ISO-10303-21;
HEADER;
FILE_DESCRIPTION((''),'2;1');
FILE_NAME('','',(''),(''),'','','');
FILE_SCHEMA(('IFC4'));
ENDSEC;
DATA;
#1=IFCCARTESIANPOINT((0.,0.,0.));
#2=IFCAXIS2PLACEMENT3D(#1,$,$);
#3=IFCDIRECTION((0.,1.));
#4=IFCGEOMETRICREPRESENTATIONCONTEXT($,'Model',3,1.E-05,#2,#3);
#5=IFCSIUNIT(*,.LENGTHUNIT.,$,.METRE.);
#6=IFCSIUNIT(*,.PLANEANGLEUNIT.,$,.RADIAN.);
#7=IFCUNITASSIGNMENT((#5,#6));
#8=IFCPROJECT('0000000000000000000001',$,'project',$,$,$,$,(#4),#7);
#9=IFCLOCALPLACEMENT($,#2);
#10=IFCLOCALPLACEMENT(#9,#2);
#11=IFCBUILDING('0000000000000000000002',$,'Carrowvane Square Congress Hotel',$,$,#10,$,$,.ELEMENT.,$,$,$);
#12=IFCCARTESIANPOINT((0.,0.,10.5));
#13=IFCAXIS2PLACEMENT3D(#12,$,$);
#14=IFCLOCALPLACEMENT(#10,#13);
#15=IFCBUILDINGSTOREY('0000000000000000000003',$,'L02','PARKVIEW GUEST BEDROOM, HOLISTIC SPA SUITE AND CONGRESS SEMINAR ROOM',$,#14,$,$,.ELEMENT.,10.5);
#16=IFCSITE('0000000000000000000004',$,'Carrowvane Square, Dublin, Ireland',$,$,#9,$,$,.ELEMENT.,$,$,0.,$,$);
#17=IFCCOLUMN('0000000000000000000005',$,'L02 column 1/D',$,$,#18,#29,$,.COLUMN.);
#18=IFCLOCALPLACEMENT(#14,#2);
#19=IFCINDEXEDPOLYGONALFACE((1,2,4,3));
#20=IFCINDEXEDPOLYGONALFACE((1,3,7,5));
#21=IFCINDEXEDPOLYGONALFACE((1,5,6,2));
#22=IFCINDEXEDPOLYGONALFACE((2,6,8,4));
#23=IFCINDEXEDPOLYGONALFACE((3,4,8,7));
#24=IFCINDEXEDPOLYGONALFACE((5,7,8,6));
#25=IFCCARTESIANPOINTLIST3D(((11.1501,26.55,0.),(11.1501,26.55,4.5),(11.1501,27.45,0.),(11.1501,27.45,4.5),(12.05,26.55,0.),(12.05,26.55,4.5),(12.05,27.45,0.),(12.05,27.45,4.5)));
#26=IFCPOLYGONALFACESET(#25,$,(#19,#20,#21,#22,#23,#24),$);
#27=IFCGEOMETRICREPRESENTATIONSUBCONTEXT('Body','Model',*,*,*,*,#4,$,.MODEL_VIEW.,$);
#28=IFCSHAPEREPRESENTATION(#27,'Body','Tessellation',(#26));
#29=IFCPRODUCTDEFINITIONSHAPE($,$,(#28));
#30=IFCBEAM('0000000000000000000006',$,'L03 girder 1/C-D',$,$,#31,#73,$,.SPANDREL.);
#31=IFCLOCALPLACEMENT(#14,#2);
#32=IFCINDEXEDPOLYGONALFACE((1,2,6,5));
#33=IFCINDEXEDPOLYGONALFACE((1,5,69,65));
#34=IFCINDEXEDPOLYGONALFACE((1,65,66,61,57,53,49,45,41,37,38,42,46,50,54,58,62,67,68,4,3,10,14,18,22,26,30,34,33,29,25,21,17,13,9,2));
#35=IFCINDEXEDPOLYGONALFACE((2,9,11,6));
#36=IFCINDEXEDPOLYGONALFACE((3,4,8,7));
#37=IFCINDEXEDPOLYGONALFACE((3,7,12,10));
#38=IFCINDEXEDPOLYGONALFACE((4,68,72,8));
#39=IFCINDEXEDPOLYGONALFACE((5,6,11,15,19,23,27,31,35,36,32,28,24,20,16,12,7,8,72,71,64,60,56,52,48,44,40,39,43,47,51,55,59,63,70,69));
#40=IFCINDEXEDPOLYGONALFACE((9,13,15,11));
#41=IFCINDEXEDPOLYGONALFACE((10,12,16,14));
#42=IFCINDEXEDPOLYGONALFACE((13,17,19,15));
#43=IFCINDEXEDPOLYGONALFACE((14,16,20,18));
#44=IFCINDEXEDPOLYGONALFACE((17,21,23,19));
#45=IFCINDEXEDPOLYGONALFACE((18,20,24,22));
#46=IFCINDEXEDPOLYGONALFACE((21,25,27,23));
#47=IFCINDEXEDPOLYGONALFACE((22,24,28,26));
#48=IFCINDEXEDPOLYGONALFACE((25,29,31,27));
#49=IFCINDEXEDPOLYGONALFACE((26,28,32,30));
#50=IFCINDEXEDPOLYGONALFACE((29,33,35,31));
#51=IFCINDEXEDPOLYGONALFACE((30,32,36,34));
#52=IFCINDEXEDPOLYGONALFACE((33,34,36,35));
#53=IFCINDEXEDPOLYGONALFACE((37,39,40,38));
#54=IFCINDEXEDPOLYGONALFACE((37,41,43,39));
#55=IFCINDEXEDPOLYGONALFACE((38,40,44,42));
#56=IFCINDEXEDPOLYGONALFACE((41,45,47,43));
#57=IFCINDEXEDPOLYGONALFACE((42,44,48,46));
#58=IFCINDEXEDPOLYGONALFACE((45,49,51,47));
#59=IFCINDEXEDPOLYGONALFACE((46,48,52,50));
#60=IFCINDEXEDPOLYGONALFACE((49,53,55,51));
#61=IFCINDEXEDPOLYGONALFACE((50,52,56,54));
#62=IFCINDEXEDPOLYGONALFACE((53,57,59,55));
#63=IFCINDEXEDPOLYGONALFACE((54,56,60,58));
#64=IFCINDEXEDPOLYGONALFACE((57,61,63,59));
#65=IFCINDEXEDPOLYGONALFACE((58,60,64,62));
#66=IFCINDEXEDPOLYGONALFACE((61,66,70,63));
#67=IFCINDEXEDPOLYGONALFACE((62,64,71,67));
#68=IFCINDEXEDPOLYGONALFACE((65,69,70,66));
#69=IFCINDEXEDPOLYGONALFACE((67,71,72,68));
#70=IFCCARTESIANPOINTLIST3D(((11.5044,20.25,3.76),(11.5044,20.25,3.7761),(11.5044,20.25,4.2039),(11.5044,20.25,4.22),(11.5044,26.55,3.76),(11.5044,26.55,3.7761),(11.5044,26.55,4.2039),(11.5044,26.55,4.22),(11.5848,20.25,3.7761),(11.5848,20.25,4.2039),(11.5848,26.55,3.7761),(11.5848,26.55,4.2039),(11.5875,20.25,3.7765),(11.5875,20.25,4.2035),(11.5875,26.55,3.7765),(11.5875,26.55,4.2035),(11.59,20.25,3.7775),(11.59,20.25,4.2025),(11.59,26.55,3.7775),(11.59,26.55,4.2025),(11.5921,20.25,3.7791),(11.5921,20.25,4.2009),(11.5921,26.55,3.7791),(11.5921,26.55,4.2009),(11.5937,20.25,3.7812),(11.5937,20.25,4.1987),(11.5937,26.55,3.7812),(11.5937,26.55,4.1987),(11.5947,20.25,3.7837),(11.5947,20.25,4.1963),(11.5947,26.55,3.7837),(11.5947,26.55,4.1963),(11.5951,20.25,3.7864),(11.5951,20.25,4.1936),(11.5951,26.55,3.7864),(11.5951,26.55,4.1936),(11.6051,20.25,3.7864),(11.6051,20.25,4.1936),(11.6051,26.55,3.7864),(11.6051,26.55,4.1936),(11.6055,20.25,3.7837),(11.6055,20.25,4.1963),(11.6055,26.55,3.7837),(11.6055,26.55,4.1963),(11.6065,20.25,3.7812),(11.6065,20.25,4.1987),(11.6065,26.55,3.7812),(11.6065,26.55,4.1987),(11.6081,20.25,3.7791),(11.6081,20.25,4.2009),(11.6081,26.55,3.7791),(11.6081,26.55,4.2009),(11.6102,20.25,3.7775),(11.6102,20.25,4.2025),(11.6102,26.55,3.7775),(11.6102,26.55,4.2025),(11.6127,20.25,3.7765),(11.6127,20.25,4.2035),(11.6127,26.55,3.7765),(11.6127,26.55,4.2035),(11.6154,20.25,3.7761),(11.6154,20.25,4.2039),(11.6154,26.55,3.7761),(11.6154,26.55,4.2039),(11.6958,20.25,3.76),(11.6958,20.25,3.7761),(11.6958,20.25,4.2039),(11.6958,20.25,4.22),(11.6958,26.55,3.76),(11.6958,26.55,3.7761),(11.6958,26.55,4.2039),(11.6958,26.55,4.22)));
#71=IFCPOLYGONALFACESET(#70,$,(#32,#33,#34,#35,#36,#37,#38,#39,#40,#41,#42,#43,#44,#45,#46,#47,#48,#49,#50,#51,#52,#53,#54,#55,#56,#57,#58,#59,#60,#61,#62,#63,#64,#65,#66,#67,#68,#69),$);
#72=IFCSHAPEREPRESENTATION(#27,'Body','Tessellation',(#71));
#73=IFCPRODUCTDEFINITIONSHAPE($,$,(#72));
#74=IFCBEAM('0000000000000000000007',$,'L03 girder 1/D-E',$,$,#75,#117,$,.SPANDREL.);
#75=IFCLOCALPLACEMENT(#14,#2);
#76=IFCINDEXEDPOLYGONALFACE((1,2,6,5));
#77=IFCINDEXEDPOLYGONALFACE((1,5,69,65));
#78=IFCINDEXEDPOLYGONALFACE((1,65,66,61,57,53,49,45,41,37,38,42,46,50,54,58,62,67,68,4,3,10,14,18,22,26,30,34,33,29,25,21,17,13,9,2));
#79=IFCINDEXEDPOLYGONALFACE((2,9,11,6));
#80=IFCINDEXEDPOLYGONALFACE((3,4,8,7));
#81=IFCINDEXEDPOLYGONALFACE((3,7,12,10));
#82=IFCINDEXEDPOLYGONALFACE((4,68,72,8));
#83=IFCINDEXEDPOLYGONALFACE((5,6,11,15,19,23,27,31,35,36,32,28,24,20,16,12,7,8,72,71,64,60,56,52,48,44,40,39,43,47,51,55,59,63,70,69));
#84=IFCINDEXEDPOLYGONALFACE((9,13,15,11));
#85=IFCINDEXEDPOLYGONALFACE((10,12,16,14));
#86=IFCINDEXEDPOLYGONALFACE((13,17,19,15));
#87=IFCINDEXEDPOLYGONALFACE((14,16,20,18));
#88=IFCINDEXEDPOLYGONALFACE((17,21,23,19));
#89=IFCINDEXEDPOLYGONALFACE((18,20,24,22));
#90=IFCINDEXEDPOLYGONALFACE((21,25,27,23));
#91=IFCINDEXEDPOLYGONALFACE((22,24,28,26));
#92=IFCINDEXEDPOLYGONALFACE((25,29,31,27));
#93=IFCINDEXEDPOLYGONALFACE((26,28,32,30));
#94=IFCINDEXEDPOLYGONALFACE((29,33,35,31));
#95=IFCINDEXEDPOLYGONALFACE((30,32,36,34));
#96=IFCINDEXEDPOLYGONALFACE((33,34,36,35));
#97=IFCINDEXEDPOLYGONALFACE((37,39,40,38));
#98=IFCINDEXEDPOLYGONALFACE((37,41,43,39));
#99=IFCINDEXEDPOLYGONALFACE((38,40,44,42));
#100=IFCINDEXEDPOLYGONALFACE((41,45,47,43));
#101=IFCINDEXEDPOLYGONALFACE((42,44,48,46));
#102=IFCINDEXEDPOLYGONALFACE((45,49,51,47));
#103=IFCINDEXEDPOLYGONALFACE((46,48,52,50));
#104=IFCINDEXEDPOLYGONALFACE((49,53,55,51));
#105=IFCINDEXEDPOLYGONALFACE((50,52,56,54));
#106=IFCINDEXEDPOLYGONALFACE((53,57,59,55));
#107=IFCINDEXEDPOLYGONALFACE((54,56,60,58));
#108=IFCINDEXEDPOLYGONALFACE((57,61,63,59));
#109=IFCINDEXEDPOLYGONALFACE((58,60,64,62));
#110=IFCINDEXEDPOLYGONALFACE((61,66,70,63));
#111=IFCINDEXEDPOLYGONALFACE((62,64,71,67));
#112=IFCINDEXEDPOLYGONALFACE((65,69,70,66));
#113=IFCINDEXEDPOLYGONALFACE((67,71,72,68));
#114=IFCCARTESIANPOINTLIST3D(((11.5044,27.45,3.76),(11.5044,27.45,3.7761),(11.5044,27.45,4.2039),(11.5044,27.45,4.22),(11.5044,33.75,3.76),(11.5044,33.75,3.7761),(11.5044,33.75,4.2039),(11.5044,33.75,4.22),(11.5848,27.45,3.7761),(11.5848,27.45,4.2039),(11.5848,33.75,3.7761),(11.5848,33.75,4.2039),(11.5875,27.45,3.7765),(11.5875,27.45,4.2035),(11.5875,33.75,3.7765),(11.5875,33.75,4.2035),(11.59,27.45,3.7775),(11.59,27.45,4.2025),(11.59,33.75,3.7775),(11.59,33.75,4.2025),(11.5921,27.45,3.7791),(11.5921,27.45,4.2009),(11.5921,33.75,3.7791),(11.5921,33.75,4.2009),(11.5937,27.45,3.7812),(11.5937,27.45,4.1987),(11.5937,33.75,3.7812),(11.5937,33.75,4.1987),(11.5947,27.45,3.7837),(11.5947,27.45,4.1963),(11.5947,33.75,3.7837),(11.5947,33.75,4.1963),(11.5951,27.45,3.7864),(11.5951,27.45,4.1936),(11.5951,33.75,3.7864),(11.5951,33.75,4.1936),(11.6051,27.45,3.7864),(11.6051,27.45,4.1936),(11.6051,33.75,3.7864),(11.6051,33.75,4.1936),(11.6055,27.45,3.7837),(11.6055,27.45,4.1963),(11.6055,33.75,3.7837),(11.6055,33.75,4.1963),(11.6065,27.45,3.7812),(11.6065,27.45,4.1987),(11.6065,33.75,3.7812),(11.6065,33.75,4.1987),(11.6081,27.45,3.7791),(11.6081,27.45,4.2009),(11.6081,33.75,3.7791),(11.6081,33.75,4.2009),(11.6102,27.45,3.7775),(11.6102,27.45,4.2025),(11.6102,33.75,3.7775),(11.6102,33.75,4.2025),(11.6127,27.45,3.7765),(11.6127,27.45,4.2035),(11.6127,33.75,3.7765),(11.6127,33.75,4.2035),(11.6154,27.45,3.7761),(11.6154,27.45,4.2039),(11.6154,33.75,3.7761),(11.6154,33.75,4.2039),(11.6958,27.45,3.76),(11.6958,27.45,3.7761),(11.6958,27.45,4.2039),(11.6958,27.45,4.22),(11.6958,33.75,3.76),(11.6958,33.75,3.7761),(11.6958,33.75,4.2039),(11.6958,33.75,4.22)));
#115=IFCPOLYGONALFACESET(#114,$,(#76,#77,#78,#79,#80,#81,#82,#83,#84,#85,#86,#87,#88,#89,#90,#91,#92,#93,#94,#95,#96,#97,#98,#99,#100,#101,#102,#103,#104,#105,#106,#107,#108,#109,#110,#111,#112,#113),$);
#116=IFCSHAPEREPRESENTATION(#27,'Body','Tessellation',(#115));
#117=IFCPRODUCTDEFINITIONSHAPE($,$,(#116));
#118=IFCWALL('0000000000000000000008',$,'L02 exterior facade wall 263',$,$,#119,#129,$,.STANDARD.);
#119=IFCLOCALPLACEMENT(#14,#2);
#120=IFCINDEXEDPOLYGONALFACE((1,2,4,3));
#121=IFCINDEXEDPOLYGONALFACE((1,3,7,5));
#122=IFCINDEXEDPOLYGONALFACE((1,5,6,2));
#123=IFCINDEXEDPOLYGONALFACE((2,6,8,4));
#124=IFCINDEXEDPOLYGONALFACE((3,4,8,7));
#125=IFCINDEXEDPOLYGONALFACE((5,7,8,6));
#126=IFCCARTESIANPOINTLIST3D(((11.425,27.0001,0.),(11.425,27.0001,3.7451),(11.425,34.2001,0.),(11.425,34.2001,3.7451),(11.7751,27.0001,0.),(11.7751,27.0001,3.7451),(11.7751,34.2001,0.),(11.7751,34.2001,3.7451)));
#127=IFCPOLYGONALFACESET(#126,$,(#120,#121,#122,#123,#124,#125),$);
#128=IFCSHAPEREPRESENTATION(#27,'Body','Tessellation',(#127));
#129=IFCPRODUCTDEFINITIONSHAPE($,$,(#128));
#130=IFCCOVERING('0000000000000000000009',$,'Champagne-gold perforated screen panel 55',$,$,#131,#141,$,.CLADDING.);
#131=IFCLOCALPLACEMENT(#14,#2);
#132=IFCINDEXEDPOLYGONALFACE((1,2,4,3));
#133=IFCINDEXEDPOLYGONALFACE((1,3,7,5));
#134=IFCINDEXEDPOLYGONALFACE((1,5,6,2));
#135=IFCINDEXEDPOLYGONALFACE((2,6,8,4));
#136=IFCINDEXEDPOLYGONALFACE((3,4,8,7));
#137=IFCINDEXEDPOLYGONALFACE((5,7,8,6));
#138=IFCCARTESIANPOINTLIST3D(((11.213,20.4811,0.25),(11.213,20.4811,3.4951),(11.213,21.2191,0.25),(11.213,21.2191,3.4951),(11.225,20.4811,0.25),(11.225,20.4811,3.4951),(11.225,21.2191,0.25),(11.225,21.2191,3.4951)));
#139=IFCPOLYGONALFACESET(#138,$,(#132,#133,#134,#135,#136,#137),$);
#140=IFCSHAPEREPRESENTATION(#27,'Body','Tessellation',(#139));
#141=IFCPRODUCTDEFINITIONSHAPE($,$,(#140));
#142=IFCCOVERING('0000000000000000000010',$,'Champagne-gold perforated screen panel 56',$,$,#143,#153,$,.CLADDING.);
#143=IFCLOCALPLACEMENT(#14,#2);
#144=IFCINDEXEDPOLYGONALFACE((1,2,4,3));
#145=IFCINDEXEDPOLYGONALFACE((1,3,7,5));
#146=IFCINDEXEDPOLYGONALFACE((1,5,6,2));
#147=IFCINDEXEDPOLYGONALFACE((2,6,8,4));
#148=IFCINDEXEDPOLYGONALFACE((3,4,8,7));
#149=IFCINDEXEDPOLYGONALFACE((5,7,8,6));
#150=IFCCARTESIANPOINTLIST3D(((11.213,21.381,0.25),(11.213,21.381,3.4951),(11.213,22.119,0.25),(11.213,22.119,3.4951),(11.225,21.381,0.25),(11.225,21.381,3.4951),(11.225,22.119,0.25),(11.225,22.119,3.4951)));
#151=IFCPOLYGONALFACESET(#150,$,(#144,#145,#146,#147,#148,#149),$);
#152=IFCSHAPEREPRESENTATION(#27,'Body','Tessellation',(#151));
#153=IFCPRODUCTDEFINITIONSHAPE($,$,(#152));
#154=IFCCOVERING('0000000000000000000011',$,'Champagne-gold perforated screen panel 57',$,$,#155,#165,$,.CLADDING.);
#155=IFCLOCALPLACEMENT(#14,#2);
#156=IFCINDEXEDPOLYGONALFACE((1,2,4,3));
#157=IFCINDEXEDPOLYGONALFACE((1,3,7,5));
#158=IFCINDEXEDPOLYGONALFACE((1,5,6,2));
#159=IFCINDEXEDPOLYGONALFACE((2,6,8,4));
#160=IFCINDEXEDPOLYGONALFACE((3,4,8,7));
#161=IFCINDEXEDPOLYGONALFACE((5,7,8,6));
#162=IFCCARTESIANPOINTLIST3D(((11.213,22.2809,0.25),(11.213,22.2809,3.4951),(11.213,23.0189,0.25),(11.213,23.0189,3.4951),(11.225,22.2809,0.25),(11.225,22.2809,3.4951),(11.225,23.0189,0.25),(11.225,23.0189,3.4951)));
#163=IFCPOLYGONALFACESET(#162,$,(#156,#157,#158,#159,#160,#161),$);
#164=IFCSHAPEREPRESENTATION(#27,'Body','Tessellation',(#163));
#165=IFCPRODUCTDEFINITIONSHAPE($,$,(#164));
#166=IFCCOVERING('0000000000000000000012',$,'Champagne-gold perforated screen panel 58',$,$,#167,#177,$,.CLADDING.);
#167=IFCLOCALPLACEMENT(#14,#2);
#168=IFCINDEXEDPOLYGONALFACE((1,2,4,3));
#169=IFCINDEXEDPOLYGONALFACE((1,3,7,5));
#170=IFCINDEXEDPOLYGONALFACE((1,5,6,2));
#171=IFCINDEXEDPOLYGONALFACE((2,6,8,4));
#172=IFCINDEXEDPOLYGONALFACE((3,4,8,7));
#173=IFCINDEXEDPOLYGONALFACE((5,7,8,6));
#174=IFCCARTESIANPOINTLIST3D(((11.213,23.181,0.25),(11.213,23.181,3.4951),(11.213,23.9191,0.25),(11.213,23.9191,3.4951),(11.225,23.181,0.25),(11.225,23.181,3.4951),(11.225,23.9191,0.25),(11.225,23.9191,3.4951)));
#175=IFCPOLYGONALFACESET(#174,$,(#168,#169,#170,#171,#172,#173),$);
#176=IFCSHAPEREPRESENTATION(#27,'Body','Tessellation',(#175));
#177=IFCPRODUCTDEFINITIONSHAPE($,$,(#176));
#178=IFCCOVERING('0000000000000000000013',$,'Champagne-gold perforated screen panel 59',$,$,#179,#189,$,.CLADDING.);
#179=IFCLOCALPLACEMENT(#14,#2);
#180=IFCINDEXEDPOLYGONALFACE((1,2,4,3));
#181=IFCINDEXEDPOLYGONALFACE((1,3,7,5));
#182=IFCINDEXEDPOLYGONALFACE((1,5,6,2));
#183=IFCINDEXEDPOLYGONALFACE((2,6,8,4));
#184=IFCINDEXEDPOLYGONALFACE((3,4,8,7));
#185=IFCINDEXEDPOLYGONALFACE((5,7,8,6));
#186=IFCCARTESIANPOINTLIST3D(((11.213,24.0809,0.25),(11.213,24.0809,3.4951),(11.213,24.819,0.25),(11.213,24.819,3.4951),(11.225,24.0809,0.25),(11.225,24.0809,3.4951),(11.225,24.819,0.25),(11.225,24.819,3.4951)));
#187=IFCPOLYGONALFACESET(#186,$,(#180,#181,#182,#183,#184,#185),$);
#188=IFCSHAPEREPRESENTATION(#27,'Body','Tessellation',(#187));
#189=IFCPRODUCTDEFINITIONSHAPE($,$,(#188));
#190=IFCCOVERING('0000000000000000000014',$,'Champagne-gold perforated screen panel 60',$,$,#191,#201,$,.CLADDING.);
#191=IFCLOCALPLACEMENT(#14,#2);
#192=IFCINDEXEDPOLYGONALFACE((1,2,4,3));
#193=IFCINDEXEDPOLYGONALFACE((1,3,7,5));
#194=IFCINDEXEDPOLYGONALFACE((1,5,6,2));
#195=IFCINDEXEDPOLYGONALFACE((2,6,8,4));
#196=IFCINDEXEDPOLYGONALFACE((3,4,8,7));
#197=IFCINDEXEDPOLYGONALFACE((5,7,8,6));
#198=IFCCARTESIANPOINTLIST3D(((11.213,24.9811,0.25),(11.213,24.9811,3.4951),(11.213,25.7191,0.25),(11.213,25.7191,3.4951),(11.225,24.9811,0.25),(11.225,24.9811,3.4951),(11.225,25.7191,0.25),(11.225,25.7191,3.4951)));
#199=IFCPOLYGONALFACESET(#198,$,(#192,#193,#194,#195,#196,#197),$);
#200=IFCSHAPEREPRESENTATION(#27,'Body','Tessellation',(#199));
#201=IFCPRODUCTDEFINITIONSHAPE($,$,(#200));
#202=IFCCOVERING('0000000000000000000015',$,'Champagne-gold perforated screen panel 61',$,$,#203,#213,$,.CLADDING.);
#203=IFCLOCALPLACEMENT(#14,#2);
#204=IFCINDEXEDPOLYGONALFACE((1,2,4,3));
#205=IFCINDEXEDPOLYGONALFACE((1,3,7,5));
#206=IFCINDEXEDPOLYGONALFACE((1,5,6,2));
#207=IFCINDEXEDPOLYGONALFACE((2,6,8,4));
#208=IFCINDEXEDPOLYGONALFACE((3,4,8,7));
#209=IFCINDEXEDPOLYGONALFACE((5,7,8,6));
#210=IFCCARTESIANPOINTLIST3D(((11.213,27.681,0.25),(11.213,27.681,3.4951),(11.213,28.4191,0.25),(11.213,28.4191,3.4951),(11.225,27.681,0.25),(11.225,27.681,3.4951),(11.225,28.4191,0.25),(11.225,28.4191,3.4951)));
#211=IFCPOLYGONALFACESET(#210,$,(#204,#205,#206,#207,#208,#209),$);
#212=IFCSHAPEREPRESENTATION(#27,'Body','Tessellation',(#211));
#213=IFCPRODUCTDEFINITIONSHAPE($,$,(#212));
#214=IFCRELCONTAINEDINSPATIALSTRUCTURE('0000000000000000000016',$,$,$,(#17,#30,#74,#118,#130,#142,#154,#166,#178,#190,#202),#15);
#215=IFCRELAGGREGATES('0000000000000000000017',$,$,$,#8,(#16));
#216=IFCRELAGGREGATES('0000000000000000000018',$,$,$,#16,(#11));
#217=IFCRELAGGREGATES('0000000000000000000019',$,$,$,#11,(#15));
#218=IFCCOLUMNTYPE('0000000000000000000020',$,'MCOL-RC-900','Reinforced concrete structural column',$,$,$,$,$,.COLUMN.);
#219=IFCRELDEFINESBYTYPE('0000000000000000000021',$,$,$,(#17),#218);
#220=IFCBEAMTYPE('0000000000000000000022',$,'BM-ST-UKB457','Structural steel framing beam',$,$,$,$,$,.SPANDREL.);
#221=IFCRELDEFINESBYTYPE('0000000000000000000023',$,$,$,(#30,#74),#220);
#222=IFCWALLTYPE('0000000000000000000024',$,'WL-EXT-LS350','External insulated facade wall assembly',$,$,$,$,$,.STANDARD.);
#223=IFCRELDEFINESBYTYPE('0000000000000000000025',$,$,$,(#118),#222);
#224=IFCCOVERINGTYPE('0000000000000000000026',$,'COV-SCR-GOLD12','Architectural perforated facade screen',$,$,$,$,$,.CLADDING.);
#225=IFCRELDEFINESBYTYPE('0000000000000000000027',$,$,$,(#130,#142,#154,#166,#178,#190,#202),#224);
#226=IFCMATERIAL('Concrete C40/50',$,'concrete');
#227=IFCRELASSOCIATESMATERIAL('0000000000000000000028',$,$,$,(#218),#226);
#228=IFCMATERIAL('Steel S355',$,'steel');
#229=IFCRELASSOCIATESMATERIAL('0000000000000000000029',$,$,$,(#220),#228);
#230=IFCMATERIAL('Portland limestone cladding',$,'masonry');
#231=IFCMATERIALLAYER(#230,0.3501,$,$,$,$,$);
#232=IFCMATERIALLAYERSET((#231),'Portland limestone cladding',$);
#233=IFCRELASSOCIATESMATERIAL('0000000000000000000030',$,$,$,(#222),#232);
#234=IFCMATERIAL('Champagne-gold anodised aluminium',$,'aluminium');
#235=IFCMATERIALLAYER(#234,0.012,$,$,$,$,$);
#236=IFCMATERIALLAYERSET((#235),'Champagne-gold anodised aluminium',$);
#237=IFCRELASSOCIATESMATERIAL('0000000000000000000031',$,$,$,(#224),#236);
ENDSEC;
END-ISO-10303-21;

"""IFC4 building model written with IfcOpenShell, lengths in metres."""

from ifc_helpers import new_model, si_unit, direction, frame, frame_2d, origin, origin_2d, place, context, subcontext, project, spatial, rectangle, i_section, extrude, material, layer, layer_set, material_profile, profile_set, type_object, element, save


model = new_model("IFC4")

# Units and contexts
model_context = context("Model", 3, precision=1e-05, world=origin(), true_north=direction((0.0, 1.0)))
body_context = subcontext(model_context, "Body", "Model", "MODEL_VIEW")
ifc_project = project(units=[si_unit("LENGTHUNIT", "METRE"), si_unit("PLANEANGLEUNIT", "RADIAN")], contexts=[model_context])

# Site, building, storey
site_placement = place(None, origin())
site = spatial("IfcSite", under=ifc_project, at=site_placement, Name="Carrowvane Square, Dublin, Ireland", CompositionType="ELEMENT", RefElevation=0.0)
building_placement = place(site_placement, origin())
building = spatial("IfcBuilding", under=site, at=building_placement, Name="Carrowvane Square Congress Hotel", CompositionType="ELEMENT")
storey_placement = place(building_placement, frame((0.0, 0.0, 10.5)))
storey = spatial("IfcBuildingStorey", under=building, at=storey_placement, Name="L02", Description="PARKVIEW GUEST BEDROOM, HOLISTIC SPA SUITE AND CONGRESS SEMINAR ROOM", CompositionType="ELEMENT", Elevation=10.5)

# Column
ifc_material_1 = material(Name="Concrete C40/50", Category="concrete")
ifc_material_profile_1 = material_profile(ifc_material_1, rectangle(XDim=0.8999, YDim=0.8999, at=origin_2d()), Name="RC 900x900")
ifc_profile_set_1 = profile_set([ifc_material_profile_1], Name="Concrete C40/50")
column_type = type_object("IfcColumnType", Name="MCOL-RC-900", Description="Reinforced concrete structural column", PredefinedType="COLUMN", material=ifc_profile_set_1)
column_placement = place(storey_placement, frame((11.6001, 27.0, 0.0), z_axis=(0.0, 0.0, 1.0), x_axis=(1.0, 0.0, 0.0)))
element("IfcColumn", 1, at=column_placement, inside=storey, type_object=column_type, Name="L02 column 1/D", PredefinedType="COLUMN", context=body_context, shape_type="SweptSolid", body=[
    extrude(rectangle(XDim=0.8999, YDim=0.8999, at=origin_2d()), origin(), (0.0, 0.0, 1.0), 4.5),
])

# Beams
ifc_material_2 = material(Name="Steel S355", Category="steel")
ifc_material_profile_2 = material_profile(ifc_material_2, i_section(OverallWidth=0.1914, OverallDepth=0.46, WebThickness=0.01, FlangeThickness=0.0161, FilletRadius=0.0103, at=origin_2d()), Name="UKB 457x191x82")
ifc_profile_set_2 = profile_set([ifc_material_profile_2], Name="Steel S355")
beam_type = type_object("IfcBeamType", Name="BM-ST-UKB457", Description="Structural steel framing beam", PredefinedType="SPANDREL", material=ifc_profile_set_2)
for number, where, z_axis, x_axis, name in (
    (2, (11.6001, 20.25, 3.99), (0.0, 1.0, 0.0), (-1.0, 0.0, 0.0), "L03 girder 1/C-D"),
    (3, (11.6001, 27.45, 3.99), (0.0, 1.0, 0.0), (-1.0, 0.0, 0.0), "L03 girder 1/D-E"),
):
    element("IfcBeam", number, at=place(storey_placement, frame(where, z_axis=z_axis, x_axis=x_axis)), inside=storey, type_object=beam_type, Name=name, PredefinedType="SPANDREL", context=body_context, shape_type="SweptSolid", body=[
        extrude(i_section(OverallWidth=0.1914, OverallDepth=0.46, WebThickness=0.01, FlangeThickness=0.0161, FilletRadius=0.0103, at=origin_2d()), origin(), (0.0, 0.0, 1.0), 6.3),
    ])

# Wall
ifc_material_3 = material(Name="Portland limestone cladding", Category="masonry")
ifc_layer_1 = layer(ifc_material_3, 0.3501)
ifc_layer_set_1 = layer_set([ifc_layer_1], Name="Portland limestone cladding")
wall_type = type_object("IfcWallType", Name="WL-EXT-LS350", Description="External insulated facade wall assembly", PredefinedType="STANDARD", material=ifc_layer_set_1)
wall_placement = place(storey_placement, frame((11.6001, 27.0, 0.0), z_axis=(0.0, 0.0, 1.0), x_axis=(0.0, 1.0, 0.0)))
element("IfcWall", 4, at=wall_placement, inside=storey, type_object=wall_type, Name="L02 exterior facade wall 263", PredefinedType="STANDARD", context=body_context, shape_type="SweptSolid", body=[
    extrude(rectangle(XDim=7.2, YDim=0.3501, at=frame_2d((3.6001, 0.0))), origin(), (0.0, 0.0, 1.0), 3.7451),
])

# Coverings
ifc_material_4 = material(Name="Champagne-gold anodised aluminium", Category="aluminium")
ifc_layer_2 = layer(ifc_material_4, 0.012)
ifc_layer_set_2 = layer_set([ifc_layer_2], Name="Champagne-gold anodised aluminium")
covering_type = type_object("IfcCoveringType", Name="COV-SCR-GOLD12", Description="Architectural perforated facade screen", PredefinedType="CLADDING", material=ifc_layer_set_2)
for number, where, z_axis, x_axis, name in (
    (5, (11.219, 20.8501, 0.25), (0.0, 0.0, 1.0), (0.0, 1.0, 0.0), "Champagne-gold perforated screen panel 55"),
    (6, (11.219, 21.75, 0.25), (0.0, 0.0, 1.0), (0.0, 1.0, 0.0), "Champagne-gold perforated screen panel 56"),
    (7, (11.219, 22.6499, 0.25), (0.0, 0.0, 1.0), (0.0, 1.0, 0.0), "Champagne-gold perforated screen panel 57"),
    (8, (11.219, 23.55, 0.25), (0.0, 0.0, 1.0), (0.0, 1.0, 0.0), "Champagne-gold perforated screen panel 58"),
    (9, (11.219, 24.45, 0.25), (0.0, 0.0, 1.0), (0.0, 1.0, 0.0), "Champagne-gold perforated screen panel 59"),
    (10, (11.219, 25.3501, 0.25), (0.0, 0.0, 1.0), (0.0, 1.0, 0.0), "Champagne-gold perforated screen panel 60"),
    (11, (11.219, 28.05, 0.25), (0.0, 0.0, 1.0), (0.0, 1.0, 0.0), "Champagne-gold perforated screen panel 61"),
):
    element("IfcCovering", number, at=place(storey_placement, frame(where, z_axis=z_axis, x_axis=x_axis)), inside=storey, type_object=covering_type, Name=name, PredefinedType="CLADDING", context=body_context, shape_type="SweptSolid", body=[
        extrude(rectangle(XDim=0.738, YDim=0.012, at=origin_2d()), origin(), (0.0, 0.0, 1.0), 3.2451),
    ])

save(model, "model.ifc")
